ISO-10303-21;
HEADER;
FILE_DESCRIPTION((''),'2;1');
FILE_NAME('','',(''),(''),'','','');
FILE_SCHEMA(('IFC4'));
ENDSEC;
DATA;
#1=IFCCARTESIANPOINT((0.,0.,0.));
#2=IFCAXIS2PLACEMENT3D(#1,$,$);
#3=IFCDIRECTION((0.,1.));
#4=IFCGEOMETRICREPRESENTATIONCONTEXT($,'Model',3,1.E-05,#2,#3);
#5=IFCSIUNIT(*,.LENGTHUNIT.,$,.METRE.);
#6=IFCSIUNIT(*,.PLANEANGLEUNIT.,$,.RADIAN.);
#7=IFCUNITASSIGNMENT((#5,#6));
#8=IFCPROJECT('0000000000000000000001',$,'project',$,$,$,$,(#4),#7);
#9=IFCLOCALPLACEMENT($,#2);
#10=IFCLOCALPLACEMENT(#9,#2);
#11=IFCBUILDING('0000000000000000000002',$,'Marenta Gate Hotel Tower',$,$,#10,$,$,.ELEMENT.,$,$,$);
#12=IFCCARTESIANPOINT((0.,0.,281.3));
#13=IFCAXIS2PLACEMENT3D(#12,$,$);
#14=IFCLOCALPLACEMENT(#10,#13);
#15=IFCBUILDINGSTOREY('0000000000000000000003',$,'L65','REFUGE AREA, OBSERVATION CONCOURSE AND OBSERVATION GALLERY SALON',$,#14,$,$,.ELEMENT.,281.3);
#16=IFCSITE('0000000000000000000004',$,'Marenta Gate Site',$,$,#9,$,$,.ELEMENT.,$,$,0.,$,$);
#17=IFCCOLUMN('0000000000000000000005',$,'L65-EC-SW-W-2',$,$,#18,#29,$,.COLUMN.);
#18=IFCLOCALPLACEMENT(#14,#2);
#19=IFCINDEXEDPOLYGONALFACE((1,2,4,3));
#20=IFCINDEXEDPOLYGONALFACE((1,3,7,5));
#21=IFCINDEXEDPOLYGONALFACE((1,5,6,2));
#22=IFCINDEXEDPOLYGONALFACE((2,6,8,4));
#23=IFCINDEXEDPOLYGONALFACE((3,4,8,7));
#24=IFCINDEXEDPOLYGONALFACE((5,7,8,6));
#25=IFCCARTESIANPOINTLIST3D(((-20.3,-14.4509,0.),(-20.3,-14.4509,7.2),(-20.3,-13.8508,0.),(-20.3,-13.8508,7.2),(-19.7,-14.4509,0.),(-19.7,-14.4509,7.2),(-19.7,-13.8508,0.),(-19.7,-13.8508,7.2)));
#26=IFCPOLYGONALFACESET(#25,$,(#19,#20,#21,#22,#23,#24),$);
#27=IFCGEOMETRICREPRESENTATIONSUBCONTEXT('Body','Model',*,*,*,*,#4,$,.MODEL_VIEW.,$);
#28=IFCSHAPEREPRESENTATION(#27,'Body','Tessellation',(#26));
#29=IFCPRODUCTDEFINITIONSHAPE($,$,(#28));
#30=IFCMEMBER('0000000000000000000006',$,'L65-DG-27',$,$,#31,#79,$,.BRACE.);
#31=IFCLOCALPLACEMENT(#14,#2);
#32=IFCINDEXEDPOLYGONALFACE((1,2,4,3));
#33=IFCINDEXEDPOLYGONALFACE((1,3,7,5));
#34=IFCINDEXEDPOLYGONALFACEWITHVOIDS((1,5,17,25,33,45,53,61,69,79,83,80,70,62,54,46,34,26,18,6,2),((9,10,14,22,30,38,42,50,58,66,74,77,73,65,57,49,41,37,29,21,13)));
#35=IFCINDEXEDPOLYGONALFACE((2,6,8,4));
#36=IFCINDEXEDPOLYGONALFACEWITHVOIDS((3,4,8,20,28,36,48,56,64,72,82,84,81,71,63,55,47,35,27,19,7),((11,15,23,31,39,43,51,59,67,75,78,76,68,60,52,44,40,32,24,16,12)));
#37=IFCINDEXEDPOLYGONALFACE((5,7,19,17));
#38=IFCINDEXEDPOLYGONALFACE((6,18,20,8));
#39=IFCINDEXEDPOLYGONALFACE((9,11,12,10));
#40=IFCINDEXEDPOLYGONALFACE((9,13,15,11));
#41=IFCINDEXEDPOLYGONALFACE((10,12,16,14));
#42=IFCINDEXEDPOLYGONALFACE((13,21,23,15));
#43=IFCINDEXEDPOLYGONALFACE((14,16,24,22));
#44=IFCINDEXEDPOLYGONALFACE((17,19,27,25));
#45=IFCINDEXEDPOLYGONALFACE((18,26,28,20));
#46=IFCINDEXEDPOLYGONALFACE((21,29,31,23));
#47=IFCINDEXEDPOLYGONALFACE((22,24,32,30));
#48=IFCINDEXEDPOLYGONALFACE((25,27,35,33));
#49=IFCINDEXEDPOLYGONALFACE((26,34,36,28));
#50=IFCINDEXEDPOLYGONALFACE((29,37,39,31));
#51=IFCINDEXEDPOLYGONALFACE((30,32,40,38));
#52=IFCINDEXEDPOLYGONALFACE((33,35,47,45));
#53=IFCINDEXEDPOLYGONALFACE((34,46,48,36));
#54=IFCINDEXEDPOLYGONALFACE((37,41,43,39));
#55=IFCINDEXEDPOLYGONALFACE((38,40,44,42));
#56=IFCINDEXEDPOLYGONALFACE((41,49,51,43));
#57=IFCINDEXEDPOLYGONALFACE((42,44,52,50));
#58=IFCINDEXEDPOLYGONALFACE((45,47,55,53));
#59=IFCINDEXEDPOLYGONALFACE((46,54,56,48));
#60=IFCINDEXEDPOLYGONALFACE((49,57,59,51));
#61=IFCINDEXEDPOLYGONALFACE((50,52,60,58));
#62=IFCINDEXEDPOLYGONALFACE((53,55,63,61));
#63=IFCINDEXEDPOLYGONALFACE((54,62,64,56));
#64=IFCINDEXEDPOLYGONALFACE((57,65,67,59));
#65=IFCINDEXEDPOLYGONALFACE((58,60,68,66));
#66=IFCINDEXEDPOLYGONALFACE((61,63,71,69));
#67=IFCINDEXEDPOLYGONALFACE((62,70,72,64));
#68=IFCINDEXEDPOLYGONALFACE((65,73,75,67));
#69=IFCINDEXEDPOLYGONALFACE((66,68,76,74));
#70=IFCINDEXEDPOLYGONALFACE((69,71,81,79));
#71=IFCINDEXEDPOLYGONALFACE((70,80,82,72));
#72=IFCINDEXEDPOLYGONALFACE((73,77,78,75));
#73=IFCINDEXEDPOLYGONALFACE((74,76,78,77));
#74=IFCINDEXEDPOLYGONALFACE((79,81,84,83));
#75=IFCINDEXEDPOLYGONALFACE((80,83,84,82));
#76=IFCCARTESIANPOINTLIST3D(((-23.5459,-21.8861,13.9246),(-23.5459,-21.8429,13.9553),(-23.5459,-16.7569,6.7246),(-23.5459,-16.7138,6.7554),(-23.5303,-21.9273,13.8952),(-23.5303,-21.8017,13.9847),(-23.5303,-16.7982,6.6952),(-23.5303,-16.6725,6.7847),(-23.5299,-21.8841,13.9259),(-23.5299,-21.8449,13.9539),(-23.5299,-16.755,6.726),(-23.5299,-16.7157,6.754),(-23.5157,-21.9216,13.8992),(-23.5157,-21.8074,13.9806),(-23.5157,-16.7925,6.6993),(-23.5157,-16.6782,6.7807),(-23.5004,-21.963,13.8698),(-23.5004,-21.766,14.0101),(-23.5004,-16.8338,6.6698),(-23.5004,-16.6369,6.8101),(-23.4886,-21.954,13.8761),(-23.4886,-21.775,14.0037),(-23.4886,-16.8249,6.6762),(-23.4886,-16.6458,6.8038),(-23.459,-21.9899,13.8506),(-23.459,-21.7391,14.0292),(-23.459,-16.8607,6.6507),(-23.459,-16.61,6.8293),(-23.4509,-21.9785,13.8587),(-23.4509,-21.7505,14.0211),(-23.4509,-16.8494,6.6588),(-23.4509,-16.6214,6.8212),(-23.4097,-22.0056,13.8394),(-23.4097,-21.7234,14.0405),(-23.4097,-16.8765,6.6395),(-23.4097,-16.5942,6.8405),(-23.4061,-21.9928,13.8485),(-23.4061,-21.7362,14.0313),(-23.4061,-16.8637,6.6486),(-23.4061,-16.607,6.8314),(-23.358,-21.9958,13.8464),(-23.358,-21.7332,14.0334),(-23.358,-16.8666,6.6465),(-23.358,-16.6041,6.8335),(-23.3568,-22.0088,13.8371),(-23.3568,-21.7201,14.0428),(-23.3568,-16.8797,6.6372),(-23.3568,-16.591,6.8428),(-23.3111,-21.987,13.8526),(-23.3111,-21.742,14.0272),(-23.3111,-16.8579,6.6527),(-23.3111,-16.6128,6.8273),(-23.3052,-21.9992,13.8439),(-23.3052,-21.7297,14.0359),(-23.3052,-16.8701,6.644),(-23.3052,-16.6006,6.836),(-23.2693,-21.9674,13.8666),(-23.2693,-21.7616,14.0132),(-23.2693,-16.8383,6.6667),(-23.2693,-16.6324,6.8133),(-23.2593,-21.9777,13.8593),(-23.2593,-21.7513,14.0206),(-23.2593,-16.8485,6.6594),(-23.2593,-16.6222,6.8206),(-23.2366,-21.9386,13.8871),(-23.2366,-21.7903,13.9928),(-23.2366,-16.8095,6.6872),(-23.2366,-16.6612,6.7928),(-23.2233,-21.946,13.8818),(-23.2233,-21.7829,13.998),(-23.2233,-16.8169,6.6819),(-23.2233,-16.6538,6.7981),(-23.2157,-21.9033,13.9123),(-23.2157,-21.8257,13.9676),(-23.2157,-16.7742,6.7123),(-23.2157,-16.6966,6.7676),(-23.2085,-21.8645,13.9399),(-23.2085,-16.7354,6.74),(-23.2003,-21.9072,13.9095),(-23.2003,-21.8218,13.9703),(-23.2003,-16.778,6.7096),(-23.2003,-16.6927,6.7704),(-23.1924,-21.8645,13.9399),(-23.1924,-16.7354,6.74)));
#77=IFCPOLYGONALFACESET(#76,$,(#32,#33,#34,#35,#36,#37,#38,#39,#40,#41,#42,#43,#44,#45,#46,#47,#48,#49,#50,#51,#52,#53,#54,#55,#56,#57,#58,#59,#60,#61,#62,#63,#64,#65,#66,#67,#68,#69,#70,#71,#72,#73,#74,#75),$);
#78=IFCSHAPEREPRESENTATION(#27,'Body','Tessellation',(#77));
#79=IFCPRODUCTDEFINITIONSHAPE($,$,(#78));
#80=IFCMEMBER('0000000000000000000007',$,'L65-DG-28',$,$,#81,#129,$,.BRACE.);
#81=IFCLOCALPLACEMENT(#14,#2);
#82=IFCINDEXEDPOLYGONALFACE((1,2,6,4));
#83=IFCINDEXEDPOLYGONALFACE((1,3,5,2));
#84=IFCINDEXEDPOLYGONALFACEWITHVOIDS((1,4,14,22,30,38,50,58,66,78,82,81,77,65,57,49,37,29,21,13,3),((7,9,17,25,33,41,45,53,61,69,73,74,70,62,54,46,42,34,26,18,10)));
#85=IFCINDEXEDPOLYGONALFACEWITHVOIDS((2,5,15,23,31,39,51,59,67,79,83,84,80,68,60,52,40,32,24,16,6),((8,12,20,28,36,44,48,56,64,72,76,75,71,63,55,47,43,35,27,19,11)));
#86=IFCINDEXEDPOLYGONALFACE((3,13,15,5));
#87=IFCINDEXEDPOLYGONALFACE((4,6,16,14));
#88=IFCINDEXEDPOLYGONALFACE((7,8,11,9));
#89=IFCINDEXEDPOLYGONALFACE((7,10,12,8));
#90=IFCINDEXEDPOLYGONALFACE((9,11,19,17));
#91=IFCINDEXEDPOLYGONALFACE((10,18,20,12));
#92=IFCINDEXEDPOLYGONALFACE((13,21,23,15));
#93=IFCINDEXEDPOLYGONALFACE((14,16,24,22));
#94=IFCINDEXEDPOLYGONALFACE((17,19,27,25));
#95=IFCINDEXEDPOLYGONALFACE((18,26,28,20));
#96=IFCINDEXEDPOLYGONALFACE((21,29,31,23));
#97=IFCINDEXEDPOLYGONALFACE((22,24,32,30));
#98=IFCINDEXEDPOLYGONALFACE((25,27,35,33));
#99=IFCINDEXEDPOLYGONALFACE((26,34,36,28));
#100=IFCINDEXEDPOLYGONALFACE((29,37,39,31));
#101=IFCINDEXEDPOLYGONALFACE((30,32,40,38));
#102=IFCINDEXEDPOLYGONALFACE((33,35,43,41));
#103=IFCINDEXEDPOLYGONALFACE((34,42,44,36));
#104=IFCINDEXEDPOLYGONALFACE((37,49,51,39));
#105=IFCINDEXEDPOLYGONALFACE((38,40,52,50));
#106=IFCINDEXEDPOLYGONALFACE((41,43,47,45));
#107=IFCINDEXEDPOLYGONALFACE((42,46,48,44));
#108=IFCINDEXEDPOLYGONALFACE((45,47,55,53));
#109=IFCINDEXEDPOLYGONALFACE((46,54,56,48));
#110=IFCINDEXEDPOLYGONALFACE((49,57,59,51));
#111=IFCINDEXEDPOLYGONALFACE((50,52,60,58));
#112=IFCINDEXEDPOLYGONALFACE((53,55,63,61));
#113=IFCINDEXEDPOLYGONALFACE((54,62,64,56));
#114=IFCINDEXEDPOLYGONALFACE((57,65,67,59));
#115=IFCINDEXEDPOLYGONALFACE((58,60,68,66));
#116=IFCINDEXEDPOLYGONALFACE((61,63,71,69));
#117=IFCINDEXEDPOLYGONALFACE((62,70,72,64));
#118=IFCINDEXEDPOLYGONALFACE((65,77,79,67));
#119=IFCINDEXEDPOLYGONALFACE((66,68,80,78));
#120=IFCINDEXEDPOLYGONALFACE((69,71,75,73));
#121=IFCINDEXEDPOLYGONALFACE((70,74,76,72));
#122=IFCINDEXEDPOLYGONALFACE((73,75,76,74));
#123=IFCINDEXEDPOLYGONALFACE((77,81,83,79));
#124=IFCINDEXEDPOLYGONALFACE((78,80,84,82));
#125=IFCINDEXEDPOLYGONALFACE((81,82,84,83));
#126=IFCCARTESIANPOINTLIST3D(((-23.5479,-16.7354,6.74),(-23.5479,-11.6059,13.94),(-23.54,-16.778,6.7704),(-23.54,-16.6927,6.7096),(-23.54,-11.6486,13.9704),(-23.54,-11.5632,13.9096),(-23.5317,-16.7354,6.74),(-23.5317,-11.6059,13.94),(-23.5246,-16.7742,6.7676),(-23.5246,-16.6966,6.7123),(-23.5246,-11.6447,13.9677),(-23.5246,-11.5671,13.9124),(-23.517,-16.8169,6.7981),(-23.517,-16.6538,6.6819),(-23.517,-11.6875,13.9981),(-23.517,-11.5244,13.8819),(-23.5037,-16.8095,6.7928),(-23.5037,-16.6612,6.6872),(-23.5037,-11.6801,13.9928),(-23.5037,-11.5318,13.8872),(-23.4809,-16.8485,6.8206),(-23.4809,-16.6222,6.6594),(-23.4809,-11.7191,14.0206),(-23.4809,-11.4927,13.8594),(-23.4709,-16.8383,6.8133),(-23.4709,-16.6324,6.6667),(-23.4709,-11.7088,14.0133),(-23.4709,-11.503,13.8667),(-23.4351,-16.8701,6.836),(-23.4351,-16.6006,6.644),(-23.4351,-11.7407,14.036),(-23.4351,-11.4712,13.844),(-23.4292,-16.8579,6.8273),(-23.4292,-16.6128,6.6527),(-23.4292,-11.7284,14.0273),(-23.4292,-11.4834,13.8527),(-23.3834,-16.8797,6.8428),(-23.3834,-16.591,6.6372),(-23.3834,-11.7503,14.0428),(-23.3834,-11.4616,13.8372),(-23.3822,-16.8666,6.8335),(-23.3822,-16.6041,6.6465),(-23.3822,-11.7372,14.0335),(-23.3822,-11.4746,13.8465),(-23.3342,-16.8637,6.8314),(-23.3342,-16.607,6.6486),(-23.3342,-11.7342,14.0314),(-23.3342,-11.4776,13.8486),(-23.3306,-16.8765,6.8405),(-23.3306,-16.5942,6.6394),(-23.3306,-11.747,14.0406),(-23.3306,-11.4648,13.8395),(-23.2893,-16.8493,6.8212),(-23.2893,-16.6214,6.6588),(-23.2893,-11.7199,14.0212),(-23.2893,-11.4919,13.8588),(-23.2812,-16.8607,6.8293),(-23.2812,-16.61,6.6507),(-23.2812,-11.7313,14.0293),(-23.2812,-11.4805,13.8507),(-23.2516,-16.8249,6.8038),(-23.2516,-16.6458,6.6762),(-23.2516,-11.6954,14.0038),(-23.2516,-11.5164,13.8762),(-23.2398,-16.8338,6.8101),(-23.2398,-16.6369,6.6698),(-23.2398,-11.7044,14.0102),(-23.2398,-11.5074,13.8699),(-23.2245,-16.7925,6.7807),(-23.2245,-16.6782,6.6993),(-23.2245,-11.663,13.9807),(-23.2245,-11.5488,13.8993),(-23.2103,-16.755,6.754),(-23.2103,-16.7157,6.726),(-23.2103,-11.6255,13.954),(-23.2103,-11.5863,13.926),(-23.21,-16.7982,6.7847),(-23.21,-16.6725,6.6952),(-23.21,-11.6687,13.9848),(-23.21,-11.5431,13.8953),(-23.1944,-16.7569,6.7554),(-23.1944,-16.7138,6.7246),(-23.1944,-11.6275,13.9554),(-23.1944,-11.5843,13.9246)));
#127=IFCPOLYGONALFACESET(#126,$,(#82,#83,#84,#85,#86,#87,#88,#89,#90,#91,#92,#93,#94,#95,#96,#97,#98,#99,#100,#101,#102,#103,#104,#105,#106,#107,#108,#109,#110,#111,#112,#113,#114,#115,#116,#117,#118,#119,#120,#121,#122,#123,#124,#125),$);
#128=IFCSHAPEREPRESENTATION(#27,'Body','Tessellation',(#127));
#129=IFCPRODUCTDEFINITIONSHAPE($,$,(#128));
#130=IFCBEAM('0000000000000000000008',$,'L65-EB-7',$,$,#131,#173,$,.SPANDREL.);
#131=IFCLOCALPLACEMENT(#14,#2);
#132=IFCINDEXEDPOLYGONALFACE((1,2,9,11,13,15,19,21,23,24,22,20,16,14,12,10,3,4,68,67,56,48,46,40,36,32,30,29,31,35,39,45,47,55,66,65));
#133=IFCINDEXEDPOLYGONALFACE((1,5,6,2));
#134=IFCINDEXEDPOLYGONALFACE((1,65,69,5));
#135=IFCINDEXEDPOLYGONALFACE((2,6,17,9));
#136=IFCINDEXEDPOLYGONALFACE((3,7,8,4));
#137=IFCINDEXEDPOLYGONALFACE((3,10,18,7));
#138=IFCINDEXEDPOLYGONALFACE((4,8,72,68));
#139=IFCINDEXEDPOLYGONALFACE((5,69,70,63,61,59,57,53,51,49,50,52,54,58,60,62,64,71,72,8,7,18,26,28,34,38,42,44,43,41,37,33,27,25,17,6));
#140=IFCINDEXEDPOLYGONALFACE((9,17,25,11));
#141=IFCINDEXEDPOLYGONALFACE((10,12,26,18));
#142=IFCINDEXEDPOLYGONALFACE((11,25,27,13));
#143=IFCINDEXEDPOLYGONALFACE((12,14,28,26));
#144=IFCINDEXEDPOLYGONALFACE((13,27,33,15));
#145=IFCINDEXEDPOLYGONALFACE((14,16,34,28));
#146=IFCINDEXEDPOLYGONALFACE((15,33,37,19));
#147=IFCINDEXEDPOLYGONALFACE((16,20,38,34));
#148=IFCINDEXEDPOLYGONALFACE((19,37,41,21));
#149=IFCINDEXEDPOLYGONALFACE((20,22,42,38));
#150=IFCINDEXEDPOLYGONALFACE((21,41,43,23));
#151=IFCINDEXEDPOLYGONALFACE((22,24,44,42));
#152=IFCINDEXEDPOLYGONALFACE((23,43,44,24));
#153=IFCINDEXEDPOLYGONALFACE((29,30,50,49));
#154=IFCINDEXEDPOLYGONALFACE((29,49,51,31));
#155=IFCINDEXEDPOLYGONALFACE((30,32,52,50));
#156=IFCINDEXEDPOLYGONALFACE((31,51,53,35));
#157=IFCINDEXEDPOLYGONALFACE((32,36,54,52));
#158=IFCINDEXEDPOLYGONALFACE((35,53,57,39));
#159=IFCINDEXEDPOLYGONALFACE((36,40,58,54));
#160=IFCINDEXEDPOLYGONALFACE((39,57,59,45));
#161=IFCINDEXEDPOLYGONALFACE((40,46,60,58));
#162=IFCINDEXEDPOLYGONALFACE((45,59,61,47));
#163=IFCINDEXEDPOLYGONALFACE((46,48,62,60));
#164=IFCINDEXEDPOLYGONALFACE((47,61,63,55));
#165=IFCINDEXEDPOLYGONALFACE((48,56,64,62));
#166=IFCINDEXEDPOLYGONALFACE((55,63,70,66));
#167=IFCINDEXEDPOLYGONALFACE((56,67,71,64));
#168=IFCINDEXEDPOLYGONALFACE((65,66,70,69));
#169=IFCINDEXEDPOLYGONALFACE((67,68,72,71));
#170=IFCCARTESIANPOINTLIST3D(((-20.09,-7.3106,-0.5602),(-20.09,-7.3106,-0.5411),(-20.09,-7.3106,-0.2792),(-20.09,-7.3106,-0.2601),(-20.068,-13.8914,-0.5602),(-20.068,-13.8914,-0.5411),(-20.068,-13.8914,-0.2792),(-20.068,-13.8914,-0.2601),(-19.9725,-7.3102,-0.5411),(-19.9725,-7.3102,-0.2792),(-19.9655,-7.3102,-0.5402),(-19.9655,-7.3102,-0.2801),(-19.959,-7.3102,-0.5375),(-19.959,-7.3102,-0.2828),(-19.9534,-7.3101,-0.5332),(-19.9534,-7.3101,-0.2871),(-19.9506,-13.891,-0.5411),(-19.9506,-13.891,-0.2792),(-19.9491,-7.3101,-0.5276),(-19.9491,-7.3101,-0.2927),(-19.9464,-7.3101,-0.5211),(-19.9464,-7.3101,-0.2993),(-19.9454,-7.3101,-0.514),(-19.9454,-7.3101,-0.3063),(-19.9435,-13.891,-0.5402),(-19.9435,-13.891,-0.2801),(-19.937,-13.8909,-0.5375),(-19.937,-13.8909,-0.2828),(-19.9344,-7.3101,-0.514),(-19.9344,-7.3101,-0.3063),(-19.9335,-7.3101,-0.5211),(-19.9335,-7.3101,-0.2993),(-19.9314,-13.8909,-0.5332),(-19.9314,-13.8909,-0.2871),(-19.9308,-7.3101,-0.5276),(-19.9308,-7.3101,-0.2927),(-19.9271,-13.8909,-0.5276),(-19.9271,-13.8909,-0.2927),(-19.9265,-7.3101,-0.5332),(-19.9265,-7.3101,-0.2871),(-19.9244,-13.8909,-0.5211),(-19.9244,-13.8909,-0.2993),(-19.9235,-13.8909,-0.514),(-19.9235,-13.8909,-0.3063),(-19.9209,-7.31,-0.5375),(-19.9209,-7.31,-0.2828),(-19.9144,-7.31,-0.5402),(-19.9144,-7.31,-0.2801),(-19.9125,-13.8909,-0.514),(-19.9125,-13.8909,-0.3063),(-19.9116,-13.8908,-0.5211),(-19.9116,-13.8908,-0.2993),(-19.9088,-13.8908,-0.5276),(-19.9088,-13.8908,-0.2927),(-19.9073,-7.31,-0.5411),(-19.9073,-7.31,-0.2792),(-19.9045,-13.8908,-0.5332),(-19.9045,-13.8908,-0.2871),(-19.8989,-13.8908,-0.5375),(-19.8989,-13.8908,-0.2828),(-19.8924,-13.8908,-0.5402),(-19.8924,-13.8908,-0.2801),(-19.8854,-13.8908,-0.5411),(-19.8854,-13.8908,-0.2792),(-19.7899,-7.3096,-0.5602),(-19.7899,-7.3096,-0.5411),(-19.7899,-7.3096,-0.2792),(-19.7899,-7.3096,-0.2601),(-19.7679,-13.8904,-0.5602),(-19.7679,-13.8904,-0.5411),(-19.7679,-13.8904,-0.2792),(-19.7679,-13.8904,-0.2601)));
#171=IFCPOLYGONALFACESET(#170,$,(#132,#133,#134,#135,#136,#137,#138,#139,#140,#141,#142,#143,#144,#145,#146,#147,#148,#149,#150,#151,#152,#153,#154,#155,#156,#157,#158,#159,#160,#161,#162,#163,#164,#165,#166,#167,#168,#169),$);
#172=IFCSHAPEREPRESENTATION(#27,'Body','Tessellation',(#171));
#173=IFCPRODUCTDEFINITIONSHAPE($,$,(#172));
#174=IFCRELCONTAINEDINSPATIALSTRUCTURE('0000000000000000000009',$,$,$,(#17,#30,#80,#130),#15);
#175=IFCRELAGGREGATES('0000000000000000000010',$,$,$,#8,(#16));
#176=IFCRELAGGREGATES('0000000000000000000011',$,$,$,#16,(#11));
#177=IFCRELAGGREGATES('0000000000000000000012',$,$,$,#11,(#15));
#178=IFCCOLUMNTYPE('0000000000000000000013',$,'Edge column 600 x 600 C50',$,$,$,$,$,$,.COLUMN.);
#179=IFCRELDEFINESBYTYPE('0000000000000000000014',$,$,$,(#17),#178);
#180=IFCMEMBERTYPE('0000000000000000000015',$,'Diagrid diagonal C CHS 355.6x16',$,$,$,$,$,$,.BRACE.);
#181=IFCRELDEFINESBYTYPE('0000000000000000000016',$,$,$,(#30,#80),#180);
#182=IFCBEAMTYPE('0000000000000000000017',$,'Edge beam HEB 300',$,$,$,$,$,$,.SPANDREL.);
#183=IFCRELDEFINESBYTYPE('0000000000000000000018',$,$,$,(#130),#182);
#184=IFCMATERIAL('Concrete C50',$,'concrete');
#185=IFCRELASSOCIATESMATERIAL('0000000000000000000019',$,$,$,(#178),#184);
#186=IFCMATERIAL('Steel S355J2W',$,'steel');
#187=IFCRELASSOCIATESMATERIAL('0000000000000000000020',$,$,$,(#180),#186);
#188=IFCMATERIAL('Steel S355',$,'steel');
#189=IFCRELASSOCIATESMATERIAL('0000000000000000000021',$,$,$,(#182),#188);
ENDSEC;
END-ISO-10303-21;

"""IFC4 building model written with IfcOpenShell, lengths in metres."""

from ifc_helpers import new_model, si_unit, direction, frame, origin, origin_2d, place, context, subcontext, project, spatial, rectangle, hollow_circle, i_section, extrude, material, material_profile, profile_set, type_object, element, save


model = new_model("IFC4")

# Units and contexts
model_context = context("Model", 3, precision=1e-05, world=origin(), true_north=direction((0.0, 1.0)))
body_context = subcontext(model_context, "Body", "Model", "MODEL_VIEW")
ifc_project = project(units=[si_unit("LENGTHUNIT", "METRE"), si_unit("PLANEANGLEUNIT", "RADIAN")], contexts=[model_context])

# Site, building, storey
site_placement = place(None, origin())
site = spatial("IfcSite", under=ifc_project, at=site_placement, Name="Marenta Gate Site", CompositionType="ELEMENT", RefElevation=0.0)
building_placement = place(site_placement, origin())
building = spatial("IfcBuilding", under=site, at=building_placement, Name="Marenta Gate Hotel Tower", CompositionType="ELEMENT")
storey_placement = place(building_placement, frame((0.0, 0.0, 281.3)))
storey = spatial("IfcBuildingStorey", under=building, at=storey_placement, Name="L65", Description="REFUGE AREA, OBSERVATION CONCOURSE AND OBSERVATION GALLERY SALON", CompositionType="ELEMENT", Elevation=281.3)

# Column
ifc_material_1 = material(Name="Concrete C50", Category="concrete")
ifc_material_profile_1 = material_profile(ifc_material_1, rectangle(XDim=0.6001, YDim=0.6001, at=origin_2d()), Name="600 x 600")
ifc_profile_set_1 = profile_set([ifc_material_profile_1], Name="Concrete C50")
column_type = type_object("IfcColumnType", Name="Edge column 600 x 600 C50", PredefinedType="COLUMN", material=ifc_profile_set_1)
column_placement = place(storey_placement, frame((-20.0, -14.1509, 0.0), z_axis=(0.0, 0.0, 1.0), x_axis=(1.0, 0.0, 0.0)))
element("IfcColumn", 1, at=column_placement, inside=storey, type_object=column_type, Name="L65-EC-SW-W-2", PredefinedType="COLUMN", context=body_context, shape_type="SweptSolid", body=[
    extrude(rectangle(XDim=0.6001, YDim=0.6001, at=origin_2d()), origin(), (0.0, 0.0, 1.0), 7.2),
])

# Members
ifc_material_2 = material(Name="Steel S355J2W", Category="steel")
ifc_material_profile_2 = material_profile(ifc_material_2, hollow_circle(Radius=0.1777, WallThickness=0.0161, at=origin_2d()), Name="CHS 355.6x16")
ifc_profile_set_2 = profile_set([ifc_material_profile_2], Name="Steel S355J2W")
member_type_1 = type_object("IfcMemberType", Name="Diagrid diagonal C CHS 355.6x16", PredefinedType="BRACE", material=ifc_profile_set_2)
member_1_placement = place(storey_placement, frame((-23.3701, -16.7354, 6.74), z_axis=(0.0, -0.580214, 0.814464), x_axis=(1.0, 0.0, 0.0)))
element("IfcMember", 2, at=member_1_placement, inside=storey, type_object=member_type_1, Name="L65-DG-27", PredefinedType="BRACE", context=body_context, shape_type="SweptSolid", body=[
    extrude(hollow_circle(Radius=0.1777, WallThickness=0.0161, at=origin_2d()), origin(), (0.0, 0.0, 1.0), 8.8401),
])
member_2_placement = place(storey_placement, frame((-23.3701, -16.7354, 6.74), z_axis=(0.0, 0.580232, 0.814451), x_axis=(-1.0, 0.0, 0.0)))
element("IfcMember", 3, at=member_2_placement, inside=storey, type_object=member_type_1, Name="L65-DG-28", PredefinedType="BRACE", context=body_context, shape_type="SweptSolid", body=[
    extrude(hollow_circle(Radius=0.1777, WallThickness=0.0161, at=origin_2d()), origin(), (0.0, 0.0, 1.0), 8.8403),
])

# Beam
ifc_material_3 = material(Name="Steel S355", Category="steel")
ifc_material_profile_3 = material_profile(ifc_material_3, i_section(OverallWidth=0.3, OverallDepth=0.3, WebThickness=0.011, FlangeThickness=0.019, FilletRadius=0.0271, at=origin_2d()), Name="HEB 300")
ifc_profile_set_3 = profile_set([ifc_material_profile_3], Name="Steel S355")
beam_type_1 = type_object("IfcBeamType", Name="Edge beam HEB 300", PredefinedType="SPANDREL", material=ifc_profile_set_3)
beam_1_placement = place(storey_placement, frame((-19.918, -13.8909, -0.4102), z_axis=(-0.003339, 0.999994, 0.0), x_axis=(-0.999994, -0.003339, 0.0)))
element("IfcBeam", 4, at=beam_1_placement, inside=storey, type_object=beam_type_1, Name="L65-EB-7", PredefinedType="SPANDREL", context=body_context, shape_type="SweptSolid", body=[
    extrude(i_section(OverallWidth=0.3, OverallDepth=0.3, WebThickness=0.011, FlangeThickness=0.019, FilletRadius=0.0271, at=origin_2d()), origin(), (0.0, 0.0, 1.0), 6.5808),
])

save(model, "model.ifc")
